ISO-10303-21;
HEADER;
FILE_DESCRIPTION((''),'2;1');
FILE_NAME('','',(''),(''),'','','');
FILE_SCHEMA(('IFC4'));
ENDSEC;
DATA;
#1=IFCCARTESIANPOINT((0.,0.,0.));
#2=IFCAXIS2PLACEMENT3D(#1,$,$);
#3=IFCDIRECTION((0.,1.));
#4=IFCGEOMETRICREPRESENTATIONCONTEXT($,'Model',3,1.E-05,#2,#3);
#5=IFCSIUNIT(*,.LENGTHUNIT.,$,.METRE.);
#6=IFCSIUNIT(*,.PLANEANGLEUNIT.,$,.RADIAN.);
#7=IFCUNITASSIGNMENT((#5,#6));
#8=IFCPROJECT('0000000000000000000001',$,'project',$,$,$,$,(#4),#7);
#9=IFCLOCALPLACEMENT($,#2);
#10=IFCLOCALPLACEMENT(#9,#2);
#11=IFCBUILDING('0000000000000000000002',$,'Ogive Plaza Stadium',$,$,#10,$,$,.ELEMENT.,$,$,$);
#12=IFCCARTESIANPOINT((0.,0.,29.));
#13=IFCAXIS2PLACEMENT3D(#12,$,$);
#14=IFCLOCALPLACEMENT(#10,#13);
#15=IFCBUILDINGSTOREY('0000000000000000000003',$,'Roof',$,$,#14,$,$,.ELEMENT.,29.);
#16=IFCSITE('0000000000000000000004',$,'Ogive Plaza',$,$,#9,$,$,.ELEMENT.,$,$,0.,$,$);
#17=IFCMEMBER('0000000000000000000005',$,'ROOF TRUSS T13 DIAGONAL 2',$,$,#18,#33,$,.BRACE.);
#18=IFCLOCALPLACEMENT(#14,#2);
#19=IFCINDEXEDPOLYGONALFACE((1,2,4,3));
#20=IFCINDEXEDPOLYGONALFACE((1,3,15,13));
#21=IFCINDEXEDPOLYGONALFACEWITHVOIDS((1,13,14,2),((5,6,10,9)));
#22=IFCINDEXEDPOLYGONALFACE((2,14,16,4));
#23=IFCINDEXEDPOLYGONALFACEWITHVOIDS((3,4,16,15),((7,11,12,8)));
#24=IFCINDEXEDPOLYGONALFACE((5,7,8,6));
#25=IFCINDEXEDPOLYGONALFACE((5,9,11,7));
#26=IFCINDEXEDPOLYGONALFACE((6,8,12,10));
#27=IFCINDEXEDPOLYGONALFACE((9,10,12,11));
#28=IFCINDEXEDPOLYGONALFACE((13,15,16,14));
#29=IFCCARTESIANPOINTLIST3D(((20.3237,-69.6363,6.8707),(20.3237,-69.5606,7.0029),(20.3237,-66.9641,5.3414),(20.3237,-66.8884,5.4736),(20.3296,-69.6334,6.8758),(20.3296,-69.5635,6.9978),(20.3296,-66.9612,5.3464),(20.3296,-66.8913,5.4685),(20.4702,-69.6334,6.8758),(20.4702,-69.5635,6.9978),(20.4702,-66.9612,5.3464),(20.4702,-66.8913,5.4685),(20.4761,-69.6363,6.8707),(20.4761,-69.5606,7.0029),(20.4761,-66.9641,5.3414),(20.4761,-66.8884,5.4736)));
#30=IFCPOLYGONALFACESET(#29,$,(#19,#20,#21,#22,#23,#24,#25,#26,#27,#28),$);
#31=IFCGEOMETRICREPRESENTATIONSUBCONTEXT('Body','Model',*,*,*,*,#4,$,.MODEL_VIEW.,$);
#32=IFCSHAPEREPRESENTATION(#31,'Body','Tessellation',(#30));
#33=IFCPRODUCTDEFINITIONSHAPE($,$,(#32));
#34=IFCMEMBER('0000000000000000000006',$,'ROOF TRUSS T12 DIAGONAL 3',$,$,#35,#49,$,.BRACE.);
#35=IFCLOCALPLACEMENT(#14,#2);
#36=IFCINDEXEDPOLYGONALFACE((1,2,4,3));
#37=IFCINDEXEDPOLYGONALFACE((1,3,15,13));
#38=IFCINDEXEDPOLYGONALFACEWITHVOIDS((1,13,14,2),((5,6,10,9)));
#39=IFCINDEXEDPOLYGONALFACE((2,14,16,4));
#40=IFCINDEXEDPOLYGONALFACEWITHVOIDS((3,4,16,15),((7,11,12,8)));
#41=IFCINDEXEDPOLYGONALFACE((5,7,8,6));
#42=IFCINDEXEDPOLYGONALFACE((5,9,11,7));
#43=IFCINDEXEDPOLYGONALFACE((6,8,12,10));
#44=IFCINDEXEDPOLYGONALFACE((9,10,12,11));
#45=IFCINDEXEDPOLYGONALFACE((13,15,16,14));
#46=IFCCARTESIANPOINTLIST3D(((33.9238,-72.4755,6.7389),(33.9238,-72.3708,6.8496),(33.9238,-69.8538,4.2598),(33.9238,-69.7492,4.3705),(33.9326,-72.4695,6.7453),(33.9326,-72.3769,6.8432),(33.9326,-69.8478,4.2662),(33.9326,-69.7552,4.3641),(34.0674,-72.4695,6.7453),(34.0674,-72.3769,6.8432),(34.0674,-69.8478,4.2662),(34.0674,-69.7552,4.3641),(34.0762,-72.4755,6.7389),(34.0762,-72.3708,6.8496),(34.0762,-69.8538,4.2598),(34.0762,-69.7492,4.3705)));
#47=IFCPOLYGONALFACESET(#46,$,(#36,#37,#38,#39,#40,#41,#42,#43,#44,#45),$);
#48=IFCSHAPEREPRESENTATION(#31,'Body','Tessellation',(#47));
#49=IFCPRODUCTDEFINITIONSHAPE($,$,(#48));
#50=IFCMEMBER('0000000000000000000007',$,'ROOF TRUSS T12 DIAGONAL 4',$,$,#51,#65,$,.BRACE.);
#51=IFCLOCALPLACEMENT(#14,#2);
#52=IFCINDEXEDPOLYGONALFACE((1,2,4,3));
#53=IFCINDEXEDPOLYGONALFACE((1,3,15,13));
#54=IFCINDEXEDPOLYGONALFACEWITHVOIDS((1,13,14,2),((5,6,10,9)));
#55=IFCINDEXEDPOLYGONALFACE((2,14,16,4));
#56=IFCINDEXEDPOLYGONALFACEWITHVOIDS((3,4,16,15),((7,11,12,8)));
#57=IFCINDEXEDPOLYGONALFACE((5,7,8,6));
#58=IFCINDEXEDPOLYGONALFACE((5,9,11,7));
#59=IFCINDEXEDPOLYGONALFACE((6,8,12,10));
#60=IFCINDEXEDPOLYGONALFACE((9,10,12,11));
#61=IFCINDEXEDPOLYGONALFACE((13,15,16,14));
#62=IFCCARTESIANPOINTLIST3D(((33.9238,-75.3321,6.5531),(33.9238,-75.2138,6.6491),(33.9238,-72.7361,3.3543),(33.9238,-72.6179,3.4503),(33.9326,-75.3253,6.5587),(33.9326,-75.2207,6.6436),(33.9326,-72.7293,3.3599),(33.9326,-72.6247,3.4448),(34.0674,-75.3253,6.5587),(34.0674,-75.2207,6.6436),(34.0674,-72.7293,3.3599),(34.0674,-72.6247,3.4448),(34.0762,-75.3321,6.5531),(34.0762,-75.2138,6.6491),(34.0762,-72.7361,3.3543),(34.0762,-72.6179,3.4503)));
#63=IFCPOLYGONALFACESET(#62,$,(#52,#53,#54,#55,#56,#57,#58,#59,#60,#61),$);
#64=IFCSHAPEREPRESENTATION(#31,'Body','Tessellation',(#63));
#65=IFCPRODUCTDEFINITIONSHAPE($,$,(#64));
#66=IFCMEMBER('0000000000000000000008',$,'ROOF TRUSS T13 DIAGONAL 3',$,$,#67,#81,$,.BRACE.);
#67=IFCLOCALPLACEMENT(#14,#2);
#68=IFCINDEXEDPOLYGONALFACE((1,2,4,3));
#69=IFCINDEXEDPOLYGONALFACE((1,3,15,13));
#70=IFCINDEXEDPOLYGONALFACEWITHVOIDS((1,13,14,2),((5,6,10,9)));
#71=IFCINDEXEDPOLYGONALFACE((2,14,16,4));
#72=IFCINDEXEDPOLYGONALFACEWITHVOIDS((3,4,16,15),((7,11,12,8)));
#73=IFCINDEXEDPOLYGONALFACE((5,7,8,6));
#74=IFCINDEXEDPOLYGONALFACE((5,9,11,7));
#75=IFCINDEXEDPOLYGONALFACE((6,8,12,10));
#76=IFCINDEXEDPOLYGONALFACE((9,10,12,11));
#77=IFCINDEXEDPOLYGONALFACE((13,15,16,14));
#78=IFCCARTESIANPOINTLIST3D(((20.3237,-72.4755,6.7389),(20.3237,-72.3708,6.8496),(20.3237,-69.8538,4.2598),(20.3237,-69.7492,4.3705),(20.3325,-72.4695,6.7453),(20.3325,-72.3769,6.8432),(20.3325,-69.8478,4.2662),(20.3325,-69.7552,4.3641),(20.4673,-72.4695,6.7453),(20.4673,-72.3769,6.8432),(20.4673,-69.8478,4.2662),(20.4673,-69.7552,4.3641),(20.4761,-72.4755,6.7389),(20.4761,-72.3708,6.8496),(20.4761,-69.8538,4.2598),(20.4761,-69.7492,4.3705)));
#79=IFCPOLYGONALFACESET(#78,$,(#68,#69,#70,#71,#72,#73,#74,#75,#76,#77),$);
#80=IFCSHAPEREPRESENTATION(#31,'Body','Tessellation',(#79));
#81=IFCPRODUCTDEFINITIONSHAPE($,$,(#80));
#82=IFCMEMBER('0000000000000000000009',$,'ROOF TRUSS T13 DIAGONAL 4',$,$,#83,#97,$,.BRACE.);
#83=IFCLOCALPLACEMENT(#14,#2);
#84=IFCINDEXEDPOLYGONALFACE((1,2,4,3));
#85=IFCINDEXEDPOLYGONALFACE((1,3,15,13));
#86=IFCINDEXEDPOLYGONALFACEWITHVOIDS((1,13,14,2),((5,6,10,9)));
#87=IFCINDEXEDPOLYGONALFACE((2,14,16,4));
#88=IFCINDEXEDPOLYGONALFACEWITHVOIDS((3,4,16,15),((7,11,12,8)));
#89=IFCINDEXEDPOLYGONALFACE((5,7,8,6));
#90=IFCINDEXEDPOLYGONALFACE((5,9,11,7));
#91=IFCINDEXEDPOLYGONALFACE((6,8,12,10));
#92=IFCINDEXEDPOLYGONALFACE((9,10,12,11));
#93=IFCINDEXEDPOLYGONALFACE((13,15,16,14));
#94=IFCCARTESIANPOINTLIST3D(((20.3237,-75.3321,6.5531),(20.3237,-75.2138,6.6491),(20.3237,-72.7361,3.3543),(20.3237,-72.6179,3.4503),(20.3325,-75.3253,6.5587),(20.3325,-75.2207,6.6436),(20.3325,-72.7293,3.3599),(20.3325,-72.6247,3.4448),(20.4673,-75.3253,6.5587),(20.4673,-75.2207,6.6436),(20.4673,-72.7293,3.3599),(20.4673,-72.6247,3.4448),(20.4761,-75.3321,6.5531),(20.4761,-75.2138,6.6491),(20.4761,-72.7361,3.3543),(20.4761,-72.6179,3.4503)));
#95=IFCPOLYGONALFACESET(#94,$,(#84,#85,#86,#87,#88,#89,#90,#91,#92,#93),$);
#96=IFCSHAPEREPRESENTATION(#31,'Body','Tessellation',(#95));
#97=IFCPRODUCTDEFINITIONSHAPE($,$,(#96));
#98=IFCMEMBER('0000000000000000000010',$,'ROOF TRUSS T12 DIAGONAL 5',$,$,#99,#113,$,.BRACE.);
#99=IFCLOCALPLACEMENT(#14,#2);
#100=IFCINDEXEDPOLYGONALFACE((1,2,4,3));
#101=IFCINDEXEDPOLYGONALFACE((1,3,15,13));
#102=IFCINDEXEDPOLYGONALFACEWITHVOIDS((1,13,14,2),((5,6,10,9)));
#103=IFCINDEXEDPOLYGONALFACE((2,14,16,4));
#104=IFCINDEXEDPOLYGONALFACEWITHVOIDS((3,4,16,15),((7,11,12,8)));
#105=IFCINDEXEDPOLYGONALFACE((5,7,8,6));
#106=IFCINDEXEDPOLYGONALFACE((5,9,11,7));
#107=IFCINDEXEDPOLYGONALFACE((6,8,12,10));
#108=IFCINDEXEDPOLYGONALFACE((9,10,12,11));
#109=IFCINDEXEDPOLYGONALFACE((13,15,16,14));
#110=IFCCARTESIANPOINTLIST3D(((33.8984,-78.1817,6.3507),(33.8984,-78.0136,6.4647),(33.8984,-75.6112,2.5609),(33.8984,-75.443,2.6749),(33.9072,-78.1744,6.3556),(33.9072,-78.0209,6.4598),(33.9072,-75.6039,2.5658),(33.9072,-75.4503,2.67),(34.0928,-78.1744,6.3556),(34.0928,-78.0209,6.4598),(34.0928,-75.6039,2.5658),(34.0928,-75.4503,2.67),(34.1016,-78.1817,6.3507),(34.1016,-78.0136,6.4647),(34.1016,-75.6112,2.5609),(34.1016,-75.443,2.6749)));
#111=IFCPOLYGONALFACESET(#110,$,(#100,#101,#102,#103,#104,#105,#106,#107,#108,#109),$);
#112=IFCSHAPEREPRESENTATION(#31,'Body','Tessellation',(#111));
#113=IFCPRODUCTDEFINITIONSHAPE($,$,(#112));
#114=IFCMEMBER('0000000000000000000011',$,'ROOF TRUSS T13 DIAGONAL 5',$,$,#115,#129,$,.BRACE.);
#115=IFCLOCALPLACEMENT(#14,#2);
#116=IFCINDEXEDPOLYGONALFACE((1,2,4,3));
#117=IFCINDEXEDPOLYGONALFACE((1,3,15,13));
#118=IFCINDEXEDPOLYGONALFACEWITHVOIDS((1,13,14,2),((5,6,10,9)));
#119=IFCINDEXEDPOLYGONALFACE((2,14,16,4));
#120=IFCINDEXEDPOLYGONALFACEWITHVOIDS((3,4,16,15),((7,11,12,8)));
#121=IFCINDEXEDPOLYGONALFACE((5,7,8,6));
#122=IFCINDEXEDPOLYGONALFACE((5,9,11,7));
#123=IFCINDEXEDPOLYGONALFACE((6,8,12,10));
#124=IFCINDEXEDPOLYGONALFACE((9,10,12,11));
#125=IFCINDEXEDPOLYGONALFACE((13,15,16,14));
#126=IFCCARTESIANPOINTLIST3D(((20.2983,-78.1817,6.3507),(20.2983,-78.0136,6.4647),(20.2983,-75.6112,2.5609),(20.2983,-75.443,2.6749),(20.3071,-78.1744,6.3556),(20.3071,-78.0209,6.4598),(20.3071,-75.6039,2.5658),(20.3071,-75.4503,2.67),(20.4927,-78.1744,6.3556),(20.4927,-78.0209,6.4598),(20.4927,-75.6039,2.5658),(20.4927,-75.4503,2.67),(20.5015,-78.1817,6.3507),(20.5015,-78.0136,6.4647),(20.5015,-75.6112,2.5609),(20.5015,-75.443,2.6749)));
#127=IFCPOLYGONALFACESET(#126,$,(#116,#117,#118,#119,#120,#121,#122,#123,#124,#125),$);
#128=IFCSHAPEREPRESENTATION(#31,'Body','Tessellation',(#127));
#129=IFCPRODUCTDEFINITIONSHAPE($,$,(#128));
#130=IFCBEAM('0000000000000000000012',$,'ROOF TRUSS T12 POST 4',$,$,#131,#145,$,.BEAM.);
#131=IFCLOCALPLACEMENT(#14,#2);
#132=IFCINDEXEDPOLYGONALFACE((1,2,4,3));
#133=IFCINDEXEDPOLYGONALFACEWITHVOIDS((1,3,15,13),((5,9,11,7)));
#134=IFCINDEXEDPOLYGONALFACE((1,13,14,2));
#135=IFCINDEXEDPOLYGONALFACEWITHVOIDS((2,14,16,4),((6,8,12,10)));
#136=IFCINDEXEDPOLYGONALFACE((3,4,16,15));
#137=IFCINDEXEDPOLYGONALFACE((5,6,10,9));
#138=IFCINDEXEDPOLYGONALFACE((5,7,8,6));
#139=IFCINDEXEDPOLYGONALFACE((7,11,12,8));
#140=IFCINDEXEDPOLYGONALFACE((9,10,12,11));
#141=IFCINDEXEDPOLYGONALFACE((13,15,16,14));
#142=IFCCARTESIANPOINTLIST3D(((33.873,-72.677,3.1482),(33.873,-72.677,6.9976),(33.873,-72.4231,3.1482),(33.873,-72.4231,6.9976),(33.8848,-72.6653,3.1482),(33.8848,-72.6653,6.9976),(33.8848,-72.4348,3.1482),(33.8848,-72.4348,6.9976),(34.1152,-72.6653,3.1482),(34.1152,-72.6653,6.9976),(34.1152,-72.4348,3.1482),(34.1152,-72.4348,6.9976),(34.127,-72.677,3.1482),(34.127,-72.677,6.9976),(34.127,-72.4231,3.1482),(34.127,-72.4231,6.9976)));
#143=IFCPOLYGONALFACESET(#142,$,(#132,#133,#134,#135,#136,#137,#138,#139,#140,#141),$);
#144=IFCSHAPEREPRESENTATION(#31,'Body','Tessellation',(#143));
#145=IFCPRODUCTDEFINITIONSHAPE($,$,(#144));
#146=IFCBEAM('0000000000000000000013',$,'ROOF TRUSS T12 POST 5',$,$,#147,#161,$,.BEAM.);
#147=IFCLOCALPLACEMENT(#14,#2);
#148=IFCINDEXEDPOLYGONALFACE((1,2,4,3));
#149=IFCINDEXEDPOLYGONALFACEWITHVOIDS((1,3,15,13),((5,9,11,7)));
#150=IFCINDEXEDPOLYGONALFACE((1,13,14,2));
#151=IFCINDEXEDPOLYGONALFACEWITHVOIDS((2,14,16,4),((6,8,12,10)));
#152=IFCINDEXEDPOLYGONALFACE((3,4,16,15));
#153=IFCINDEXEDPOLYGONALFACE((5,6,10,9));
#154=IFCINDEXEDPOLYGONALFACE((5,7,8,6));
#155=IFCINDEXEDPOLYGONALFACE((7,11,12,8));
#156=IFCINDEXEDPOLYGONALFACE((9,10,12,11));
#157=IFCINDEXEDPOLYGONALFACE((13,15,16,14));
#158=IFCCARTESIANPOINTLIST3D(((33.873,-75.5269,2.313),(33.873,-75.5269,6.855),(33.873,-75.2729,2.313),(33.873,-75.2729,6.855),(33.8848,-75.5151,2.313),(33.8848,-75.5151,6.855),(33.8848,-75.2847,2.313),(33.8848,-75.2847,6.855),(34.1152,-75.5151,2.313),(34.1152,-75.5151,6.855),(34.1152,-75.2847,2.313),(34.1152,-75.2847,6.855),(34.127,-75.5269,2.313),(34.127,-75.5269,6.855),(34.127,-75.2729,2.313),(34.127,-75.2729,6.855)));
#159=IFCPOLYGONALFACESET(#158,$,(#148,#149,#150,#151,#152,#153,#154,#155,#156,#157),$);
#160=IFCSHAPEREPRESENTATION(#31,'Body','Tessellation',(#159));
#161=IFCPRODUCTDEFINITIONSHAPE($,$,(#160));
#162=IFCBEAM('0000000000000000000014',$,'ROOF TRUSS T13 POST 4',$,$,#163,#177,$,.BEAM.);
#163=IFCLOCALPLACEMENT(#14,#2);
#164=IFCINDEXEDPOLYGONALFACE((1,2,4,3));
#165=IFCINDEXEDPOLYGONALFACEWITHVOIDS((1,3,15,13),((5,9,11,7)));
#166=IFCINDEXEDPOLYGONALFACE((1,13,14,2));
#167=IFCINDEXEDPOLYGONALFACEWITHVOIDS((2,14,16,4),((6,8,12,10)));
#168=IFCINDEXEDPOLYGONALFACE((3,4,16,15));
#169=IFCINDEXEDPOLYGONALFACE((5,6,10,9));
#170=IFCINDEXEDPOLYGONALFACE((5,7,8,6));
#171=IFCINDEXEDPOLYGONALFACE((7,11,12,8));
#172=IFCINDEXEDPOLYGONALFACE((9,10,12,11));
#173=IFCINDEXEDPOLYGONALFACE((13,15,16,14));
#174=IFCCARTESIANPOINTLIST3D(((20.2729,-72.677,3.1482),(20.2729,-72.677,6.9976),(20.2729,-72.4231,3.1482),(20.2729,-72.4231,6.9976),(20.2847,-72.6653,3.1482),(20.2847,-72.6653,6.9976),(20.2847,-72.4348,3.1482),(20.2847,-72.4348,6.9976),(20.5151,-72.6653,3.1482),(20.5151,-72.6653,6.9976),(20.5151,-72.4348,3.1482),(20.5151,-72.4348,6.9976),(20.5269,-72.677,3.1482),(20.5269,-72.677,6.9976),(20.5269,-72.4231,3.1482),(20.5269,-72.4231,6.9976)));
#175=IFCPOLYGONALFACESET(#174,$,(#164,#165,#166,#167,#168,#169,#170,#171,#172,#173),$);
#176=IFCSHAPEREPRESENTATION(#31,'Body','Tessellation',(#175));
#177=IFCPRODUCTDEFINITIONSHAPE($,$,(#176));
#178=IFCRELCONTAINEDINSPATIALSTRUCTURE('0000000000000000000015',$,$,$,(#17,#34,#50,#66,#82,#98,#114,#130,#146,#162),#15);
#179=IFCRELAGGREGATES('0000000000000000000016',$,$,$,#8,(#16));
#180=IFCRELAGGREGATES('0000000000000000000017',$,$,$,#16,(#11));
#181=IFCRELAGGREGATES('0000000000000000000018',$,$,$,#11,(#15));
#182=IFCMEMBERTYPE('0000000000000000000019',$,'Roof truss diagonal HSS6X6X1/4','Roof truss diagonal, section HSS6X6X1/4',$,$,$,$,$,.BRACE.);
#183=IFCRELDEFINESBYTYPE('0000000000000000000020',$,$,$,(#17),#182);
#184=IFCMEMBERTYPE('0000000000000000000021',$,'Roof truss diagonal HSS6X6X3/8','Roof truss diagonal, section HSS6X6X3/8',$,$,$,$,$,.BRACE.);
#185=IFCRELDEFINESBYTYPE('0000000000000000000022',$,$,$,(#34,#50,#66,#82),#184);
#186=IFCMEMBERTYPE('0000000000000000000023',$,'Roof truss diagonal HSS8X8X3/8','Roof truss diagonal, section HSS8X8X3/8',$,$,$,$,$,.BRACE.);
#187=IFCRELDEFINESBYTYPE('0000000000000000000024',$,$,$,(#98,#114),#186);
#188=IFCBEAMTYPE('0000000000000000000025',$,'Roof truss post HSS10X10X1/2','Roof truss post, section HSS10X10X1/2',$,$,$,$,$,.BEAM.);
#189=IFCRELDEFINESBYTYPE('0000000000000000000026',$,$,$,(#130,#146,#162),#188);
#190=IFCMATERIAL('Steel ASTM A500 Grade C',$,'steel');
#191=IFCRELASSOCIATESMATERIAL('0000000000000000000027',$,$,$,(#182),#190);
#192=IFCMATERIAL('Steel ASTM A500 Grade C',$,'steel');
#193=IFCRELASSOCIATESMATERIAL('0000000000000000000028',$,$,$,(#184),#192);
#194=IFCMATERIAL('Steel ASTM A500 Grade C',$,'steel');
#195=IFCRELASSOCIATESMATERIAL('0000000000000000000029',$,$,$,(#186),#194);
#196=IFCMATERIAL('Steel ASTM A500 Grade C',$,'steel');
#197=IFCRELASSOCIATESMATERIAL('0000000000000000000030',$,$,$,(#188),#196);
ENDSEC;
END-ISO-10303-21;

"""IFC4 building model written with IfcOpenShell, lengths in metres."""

from ifc_helpers import new_model, si_unit, direction, frame, origin, origin_2d, place, context, subcontext, project, spatial, hollow_rectangle, extrude, material, material_profile, profile_set, type_object, element, save


model = new_model("IFC4")

# Units and contexts
model_context = context("Model", 3, precision=1e-05, world=origin(), true_north=direction((0.0, 1.0)))
body_context = subcontext(model_context, "Body", "Model", "MODEL_VIEW")
ifc_project = project(units=[si_unit("LENGTHUNIT", "METRE"), si_unit("PLANEANGLEUNIT", "RADIAN")], contexts=[model_context])

# Site, building, storey
site_placement = place(None, origin())
site = spatial("IfcSite", under=ifc_project, at=site_placement, Name="Ogive Plaza", CompositionType="ELEMENT", RefElevation=0.0)
building_placement = place(site_placement, origin())
building = spatial("IfcBuilding", under=site, at=building_placement, Name="Ogive Plaza Stadium", CompositionType="ELEMENT")
storey_placement = place(building_placement, frame((0.0, 0.0, 29.0)))
storey = spatial("IfcBuildingStorey", under=building, at=storey_placement, Name="Roof", CompositionType="ELEMENT", Elevation=29.0)

# Members
ifc_material_1 = material(Name="Steel ASTM A500 Grade C", Category="steel")
ifc_material_profile_1 = material_profile(ifc_material_1, hollow_rectangle(XDim=0.1523, YDim=0.1523, WallThickness=0.0059, at=origin_2d()), Name="HSS6X6X1/4")
ifc_profile_set_1 = profile_set([ifc_material_profile_1], Name="Steel ASTM A500 Grade C")
member_type_1 = type_object("IfcMemberType", Name="Roof truss diagonal HSS6X6X1/4", Description="Roof truss diagonal, section HSS6X6X1/4", PredefinedType="BRACE", material=ifc_profile_set_1)
member_1_placement = place(storey_placement, frame((20.3999, -66.9263, 5.4075), z_axis=(0.0, -0.867911, 0.49672), x_axis=(1.0, 0.0, 0.0)))
element("IfcMember", 1, at=member_1_placement, inside=storey, type_object=member_type_1, Name="ROOF TRUSS T13 DIAGONAL 2", PredefinedType="BRACE", context=body_context, shape_type="SweptSolid", body=[
    extrude(hollow_rectangle(XDim=0.1523, YDim=0.1523, WallThickness=0.0059, at=origin_2d()), origin(), (0.0, 0.0, 1.0), 3.0789),
])
ifc_material_2 = material(Name="Steel ASTM A500 Grade C", Category="steel")
ifc_material_profile_2 = material_profile(ifc_material_2, hollow_rectangle(XDim=0.1523, YDim=0.1523, WallThickness=0.0088, at=origin_2d()), Name="HSS6X6X3/8")
ifc_profile_set_2 = profile_set([ifc_material_profile_2], Name="Steel ASTM A500 Grade C")
member_type_2 = type_object("IfcMemberType", Name="Roof truss diagonal HSS6X6X3/8", Description="Roof truss diagonal, section HSS6X6X3/8", PredefinedType="BRACE", material=ifc_profile_set_2)
member_2_placement = place(storey_placement, frame((34.0, -69.8015, 4.3152), z_axis=(0.0, -0.726589, 0.687072), x_axis=(1.0, 0.0, 0.0)))
element("IfcMember", 2, at=member_2_placement, inside=storey, type_object=member_type_2, Name="ROOF TRUSS T12 DIAGONAL 3", PredefinedType="BRACE", context=body_context, shape_type="SweptSolid", body=[
    extrude(hollow_rectangle(XDim=0.1523, YDim=0.1523, WallThickness=0.0088, at=origin_2d()), origin(), (0.0, 0.0, 1.0), 3.6082),
])
member_3_placement = place(storey_placement, frame((34.0, -72.677, 3.4023), z_axis=(0.0, -0.630151, 0.776473), x_axis=(1.0, 0.0, 0.0)))
element("IfcMember", 3, at=member_3_placement, inside=storey, type_object=member_type_2, Name="ROOF TRUSS T12 DIAGONAL 4", PredefinedType="BRACE", context=body_context, shape_type="SweptSolid", body=[
    extrude(hollow_rectangle(XDim=0.1523, YDim=0.1523, WallThickness=0.0088, at=origin_2d()), origin(), (0.0, 0.0, 1.0), 4.1196),
])
member_4_placement = place(storey_placement, frame((20.3999, -69.8015, 4.3152), z_axis=(0.0, -0.726589, 0.687072), x_axis=(1.0, 0.0, 0.0)))
element("IfcMember", 4, at=member_4_placement, inside=storey, type_object=member_type_2, Name="ROOF TRUSS T13 DIAGONAL 3", PredefinedType="BRACE", context=body_context, shape_type="SweptSolid", body=[
    extrude(hollow_rectangle(XDim=0.1523, YDim=0.1523, WallThickness=0.0088, at=origin_2d()), origin(), (0.0, 0.0, 1.0), 3.6082),
])
member_5_placement = place(storey_placement, frame((20.3999, -72.677, 3.4023), z_axis=(0.0, -0.630151, 0.776473), x_axis=(1.0, 0.0, 0.0)))
element("IfcMember", 5, at=member_5_placement, inside=storey, type_object=member_type_2, Name="ROOF TRUSS T13 DIAGONAL 4", PredefinedType="BRACE", context=body_context, shape_type="SweptSolid", body=[
    extrude(hollow_rectangle(XDim=0.1523, YDim=0.1523, WallThickness=0.0088, at=origin_2d()), origin(), (0.0, 0.0, 1.0), 4.1196),
])
ifc_material_3 = material(Name="Steel ASTM A500 Grade C", Category="steel")
ifc_material_profile_3 = material_profile(ifc_material_3, hollow_rectangle(XDim=0.2031, YDim=0.2031, WallThickness=0.0088, at=origin_2d()), Name="HSS8X8X3/8")
ifc_profile_set_3 = profile_set([ifc_material_profile_3], Name="Steel ASTM A500 Grade C")
member_type_3 = type_object("IfcMemberType", Name="Roof truss diagonal HSS8X8X3/8", Description="Roof truss diagonal, section HSS8X8X3/8", PredefinedType="BRACE", material=ifc_profile_set_3)
for number, where, z_axis, x_axis, name in (
    (6, (34.0, -75.5271, 2.6179), (0.0, -0.561338, 0.827586), (1.0, 0.0, 0.0), "ROOF TRUSS T12 DIAGONAL 5"),
    (7, (20.3999, -75.5271, 2.6179), (0.0, -0.561338, 0.827586), (1.0, 0.0, 0.0), "ROOF TRUSS T13 DIAGONAL 5"),
):
    element("IfcMember", number, at=place(storey_placement, frame(where, z_axis=z_axis, x_axis=x_axis)), inside=storey, type_object=member_type_3, Name=name, PredefinedType="BRACE", context=body_context, shape_type="SweptSolid", body=[
        extrude(hollow_rectangle(XDim=0.2031, YDim=0.2031, WallThickness=0.0088, at=origin_2d()), origin(), (0.0, 0.0, 1.0), 4.5793),
    ])

# Beams
ifc_material_4 = material(Name="Steel ASTM A500 Grade C", Category="steel")
ifc_material_profile_4 = material_profile(ifc_material_4, hollow_rectangle(XDim=0.2539, YDim=0.2539, WallThickness=0.0117, at=origin_2d()), Name="HSS10X10X1/2")
ifc_profile_set_4 = profile_set([ifc_material_profile_4], Name="Steel ASTM A500 Grade C")
beam_type_1 = type_object("IfcBeamType", Name="Roof truss post HSS10X10X1/2", Description="Roof truss post, section HSS10X10X1/2", PredefinedType="BEAM", material=ifc_profile_set_4)
beam_1_placement = place(storey_placement, frame((34.0, -72.55, 3.1482), z_axis=(0.0, 0.0, 1.0), x_axis=(1.0, 0.0, 0.0)))
element("IfcBeam", 8, at=beam_1_placement, inside=storey, type_object=beam_type_1, Name="ROOF TRUSS T12 POST 4", PredefinedType="BEAM", context=body_context, shape_type="SweptSolid", body=[
    extrude(hollow_rectangle(XDim=0.2539, YDim=0.2539, WallThickness=0.0117, at=origin_2d()), origin(), (0.0, 0.0, 1.0), 3.8494),
])
beam_2_placement = place(storey_placement, frame((34.0, -75.3999, 2.313), z_axis=(0.0, 0.0, 1.0), x_axis=(1.0, 0.0, 0.0)))
element("IfcBeam", 9, at=beam_2_placement, inside=storey, type_object=beam_type_1, Name="ROOF TRUSS T12 POST 5", PredefinedType="BEAM", context=body_context, shape_type="SweptSolid", body=[
    extrude(hollow_rectangle(XDim=0.2539, YDim=0.2539, WallThickness=0.0117, at=origin_2d()), origin(), (0.0, 0.0, 1.0), 4.542),
])
beam_3_placement = place(storey_placement, frame((20.3999, -72.55, 3.1482), z_axis=(0.0, 0.0, 1.0), x_axis=(1.0, 0.0, 0.0)))
element("IfcBeam", 10, at=beam_3_placement, inside=storey, type_object=beam_type_1, Name="ROOF TRUSS T13 POST 4", PredefinedType="BEAM", context=body_context, shape_type="SweptSolid", body=[
    extrude(hollow_rectangle(XDim=0.2539, YDim=0.2539, WallThickness=0.0117, at=origin_2d()), origin(), (0.0, 0.0, 1.0), 3.8494),
])

save(model, "model.ifc")
